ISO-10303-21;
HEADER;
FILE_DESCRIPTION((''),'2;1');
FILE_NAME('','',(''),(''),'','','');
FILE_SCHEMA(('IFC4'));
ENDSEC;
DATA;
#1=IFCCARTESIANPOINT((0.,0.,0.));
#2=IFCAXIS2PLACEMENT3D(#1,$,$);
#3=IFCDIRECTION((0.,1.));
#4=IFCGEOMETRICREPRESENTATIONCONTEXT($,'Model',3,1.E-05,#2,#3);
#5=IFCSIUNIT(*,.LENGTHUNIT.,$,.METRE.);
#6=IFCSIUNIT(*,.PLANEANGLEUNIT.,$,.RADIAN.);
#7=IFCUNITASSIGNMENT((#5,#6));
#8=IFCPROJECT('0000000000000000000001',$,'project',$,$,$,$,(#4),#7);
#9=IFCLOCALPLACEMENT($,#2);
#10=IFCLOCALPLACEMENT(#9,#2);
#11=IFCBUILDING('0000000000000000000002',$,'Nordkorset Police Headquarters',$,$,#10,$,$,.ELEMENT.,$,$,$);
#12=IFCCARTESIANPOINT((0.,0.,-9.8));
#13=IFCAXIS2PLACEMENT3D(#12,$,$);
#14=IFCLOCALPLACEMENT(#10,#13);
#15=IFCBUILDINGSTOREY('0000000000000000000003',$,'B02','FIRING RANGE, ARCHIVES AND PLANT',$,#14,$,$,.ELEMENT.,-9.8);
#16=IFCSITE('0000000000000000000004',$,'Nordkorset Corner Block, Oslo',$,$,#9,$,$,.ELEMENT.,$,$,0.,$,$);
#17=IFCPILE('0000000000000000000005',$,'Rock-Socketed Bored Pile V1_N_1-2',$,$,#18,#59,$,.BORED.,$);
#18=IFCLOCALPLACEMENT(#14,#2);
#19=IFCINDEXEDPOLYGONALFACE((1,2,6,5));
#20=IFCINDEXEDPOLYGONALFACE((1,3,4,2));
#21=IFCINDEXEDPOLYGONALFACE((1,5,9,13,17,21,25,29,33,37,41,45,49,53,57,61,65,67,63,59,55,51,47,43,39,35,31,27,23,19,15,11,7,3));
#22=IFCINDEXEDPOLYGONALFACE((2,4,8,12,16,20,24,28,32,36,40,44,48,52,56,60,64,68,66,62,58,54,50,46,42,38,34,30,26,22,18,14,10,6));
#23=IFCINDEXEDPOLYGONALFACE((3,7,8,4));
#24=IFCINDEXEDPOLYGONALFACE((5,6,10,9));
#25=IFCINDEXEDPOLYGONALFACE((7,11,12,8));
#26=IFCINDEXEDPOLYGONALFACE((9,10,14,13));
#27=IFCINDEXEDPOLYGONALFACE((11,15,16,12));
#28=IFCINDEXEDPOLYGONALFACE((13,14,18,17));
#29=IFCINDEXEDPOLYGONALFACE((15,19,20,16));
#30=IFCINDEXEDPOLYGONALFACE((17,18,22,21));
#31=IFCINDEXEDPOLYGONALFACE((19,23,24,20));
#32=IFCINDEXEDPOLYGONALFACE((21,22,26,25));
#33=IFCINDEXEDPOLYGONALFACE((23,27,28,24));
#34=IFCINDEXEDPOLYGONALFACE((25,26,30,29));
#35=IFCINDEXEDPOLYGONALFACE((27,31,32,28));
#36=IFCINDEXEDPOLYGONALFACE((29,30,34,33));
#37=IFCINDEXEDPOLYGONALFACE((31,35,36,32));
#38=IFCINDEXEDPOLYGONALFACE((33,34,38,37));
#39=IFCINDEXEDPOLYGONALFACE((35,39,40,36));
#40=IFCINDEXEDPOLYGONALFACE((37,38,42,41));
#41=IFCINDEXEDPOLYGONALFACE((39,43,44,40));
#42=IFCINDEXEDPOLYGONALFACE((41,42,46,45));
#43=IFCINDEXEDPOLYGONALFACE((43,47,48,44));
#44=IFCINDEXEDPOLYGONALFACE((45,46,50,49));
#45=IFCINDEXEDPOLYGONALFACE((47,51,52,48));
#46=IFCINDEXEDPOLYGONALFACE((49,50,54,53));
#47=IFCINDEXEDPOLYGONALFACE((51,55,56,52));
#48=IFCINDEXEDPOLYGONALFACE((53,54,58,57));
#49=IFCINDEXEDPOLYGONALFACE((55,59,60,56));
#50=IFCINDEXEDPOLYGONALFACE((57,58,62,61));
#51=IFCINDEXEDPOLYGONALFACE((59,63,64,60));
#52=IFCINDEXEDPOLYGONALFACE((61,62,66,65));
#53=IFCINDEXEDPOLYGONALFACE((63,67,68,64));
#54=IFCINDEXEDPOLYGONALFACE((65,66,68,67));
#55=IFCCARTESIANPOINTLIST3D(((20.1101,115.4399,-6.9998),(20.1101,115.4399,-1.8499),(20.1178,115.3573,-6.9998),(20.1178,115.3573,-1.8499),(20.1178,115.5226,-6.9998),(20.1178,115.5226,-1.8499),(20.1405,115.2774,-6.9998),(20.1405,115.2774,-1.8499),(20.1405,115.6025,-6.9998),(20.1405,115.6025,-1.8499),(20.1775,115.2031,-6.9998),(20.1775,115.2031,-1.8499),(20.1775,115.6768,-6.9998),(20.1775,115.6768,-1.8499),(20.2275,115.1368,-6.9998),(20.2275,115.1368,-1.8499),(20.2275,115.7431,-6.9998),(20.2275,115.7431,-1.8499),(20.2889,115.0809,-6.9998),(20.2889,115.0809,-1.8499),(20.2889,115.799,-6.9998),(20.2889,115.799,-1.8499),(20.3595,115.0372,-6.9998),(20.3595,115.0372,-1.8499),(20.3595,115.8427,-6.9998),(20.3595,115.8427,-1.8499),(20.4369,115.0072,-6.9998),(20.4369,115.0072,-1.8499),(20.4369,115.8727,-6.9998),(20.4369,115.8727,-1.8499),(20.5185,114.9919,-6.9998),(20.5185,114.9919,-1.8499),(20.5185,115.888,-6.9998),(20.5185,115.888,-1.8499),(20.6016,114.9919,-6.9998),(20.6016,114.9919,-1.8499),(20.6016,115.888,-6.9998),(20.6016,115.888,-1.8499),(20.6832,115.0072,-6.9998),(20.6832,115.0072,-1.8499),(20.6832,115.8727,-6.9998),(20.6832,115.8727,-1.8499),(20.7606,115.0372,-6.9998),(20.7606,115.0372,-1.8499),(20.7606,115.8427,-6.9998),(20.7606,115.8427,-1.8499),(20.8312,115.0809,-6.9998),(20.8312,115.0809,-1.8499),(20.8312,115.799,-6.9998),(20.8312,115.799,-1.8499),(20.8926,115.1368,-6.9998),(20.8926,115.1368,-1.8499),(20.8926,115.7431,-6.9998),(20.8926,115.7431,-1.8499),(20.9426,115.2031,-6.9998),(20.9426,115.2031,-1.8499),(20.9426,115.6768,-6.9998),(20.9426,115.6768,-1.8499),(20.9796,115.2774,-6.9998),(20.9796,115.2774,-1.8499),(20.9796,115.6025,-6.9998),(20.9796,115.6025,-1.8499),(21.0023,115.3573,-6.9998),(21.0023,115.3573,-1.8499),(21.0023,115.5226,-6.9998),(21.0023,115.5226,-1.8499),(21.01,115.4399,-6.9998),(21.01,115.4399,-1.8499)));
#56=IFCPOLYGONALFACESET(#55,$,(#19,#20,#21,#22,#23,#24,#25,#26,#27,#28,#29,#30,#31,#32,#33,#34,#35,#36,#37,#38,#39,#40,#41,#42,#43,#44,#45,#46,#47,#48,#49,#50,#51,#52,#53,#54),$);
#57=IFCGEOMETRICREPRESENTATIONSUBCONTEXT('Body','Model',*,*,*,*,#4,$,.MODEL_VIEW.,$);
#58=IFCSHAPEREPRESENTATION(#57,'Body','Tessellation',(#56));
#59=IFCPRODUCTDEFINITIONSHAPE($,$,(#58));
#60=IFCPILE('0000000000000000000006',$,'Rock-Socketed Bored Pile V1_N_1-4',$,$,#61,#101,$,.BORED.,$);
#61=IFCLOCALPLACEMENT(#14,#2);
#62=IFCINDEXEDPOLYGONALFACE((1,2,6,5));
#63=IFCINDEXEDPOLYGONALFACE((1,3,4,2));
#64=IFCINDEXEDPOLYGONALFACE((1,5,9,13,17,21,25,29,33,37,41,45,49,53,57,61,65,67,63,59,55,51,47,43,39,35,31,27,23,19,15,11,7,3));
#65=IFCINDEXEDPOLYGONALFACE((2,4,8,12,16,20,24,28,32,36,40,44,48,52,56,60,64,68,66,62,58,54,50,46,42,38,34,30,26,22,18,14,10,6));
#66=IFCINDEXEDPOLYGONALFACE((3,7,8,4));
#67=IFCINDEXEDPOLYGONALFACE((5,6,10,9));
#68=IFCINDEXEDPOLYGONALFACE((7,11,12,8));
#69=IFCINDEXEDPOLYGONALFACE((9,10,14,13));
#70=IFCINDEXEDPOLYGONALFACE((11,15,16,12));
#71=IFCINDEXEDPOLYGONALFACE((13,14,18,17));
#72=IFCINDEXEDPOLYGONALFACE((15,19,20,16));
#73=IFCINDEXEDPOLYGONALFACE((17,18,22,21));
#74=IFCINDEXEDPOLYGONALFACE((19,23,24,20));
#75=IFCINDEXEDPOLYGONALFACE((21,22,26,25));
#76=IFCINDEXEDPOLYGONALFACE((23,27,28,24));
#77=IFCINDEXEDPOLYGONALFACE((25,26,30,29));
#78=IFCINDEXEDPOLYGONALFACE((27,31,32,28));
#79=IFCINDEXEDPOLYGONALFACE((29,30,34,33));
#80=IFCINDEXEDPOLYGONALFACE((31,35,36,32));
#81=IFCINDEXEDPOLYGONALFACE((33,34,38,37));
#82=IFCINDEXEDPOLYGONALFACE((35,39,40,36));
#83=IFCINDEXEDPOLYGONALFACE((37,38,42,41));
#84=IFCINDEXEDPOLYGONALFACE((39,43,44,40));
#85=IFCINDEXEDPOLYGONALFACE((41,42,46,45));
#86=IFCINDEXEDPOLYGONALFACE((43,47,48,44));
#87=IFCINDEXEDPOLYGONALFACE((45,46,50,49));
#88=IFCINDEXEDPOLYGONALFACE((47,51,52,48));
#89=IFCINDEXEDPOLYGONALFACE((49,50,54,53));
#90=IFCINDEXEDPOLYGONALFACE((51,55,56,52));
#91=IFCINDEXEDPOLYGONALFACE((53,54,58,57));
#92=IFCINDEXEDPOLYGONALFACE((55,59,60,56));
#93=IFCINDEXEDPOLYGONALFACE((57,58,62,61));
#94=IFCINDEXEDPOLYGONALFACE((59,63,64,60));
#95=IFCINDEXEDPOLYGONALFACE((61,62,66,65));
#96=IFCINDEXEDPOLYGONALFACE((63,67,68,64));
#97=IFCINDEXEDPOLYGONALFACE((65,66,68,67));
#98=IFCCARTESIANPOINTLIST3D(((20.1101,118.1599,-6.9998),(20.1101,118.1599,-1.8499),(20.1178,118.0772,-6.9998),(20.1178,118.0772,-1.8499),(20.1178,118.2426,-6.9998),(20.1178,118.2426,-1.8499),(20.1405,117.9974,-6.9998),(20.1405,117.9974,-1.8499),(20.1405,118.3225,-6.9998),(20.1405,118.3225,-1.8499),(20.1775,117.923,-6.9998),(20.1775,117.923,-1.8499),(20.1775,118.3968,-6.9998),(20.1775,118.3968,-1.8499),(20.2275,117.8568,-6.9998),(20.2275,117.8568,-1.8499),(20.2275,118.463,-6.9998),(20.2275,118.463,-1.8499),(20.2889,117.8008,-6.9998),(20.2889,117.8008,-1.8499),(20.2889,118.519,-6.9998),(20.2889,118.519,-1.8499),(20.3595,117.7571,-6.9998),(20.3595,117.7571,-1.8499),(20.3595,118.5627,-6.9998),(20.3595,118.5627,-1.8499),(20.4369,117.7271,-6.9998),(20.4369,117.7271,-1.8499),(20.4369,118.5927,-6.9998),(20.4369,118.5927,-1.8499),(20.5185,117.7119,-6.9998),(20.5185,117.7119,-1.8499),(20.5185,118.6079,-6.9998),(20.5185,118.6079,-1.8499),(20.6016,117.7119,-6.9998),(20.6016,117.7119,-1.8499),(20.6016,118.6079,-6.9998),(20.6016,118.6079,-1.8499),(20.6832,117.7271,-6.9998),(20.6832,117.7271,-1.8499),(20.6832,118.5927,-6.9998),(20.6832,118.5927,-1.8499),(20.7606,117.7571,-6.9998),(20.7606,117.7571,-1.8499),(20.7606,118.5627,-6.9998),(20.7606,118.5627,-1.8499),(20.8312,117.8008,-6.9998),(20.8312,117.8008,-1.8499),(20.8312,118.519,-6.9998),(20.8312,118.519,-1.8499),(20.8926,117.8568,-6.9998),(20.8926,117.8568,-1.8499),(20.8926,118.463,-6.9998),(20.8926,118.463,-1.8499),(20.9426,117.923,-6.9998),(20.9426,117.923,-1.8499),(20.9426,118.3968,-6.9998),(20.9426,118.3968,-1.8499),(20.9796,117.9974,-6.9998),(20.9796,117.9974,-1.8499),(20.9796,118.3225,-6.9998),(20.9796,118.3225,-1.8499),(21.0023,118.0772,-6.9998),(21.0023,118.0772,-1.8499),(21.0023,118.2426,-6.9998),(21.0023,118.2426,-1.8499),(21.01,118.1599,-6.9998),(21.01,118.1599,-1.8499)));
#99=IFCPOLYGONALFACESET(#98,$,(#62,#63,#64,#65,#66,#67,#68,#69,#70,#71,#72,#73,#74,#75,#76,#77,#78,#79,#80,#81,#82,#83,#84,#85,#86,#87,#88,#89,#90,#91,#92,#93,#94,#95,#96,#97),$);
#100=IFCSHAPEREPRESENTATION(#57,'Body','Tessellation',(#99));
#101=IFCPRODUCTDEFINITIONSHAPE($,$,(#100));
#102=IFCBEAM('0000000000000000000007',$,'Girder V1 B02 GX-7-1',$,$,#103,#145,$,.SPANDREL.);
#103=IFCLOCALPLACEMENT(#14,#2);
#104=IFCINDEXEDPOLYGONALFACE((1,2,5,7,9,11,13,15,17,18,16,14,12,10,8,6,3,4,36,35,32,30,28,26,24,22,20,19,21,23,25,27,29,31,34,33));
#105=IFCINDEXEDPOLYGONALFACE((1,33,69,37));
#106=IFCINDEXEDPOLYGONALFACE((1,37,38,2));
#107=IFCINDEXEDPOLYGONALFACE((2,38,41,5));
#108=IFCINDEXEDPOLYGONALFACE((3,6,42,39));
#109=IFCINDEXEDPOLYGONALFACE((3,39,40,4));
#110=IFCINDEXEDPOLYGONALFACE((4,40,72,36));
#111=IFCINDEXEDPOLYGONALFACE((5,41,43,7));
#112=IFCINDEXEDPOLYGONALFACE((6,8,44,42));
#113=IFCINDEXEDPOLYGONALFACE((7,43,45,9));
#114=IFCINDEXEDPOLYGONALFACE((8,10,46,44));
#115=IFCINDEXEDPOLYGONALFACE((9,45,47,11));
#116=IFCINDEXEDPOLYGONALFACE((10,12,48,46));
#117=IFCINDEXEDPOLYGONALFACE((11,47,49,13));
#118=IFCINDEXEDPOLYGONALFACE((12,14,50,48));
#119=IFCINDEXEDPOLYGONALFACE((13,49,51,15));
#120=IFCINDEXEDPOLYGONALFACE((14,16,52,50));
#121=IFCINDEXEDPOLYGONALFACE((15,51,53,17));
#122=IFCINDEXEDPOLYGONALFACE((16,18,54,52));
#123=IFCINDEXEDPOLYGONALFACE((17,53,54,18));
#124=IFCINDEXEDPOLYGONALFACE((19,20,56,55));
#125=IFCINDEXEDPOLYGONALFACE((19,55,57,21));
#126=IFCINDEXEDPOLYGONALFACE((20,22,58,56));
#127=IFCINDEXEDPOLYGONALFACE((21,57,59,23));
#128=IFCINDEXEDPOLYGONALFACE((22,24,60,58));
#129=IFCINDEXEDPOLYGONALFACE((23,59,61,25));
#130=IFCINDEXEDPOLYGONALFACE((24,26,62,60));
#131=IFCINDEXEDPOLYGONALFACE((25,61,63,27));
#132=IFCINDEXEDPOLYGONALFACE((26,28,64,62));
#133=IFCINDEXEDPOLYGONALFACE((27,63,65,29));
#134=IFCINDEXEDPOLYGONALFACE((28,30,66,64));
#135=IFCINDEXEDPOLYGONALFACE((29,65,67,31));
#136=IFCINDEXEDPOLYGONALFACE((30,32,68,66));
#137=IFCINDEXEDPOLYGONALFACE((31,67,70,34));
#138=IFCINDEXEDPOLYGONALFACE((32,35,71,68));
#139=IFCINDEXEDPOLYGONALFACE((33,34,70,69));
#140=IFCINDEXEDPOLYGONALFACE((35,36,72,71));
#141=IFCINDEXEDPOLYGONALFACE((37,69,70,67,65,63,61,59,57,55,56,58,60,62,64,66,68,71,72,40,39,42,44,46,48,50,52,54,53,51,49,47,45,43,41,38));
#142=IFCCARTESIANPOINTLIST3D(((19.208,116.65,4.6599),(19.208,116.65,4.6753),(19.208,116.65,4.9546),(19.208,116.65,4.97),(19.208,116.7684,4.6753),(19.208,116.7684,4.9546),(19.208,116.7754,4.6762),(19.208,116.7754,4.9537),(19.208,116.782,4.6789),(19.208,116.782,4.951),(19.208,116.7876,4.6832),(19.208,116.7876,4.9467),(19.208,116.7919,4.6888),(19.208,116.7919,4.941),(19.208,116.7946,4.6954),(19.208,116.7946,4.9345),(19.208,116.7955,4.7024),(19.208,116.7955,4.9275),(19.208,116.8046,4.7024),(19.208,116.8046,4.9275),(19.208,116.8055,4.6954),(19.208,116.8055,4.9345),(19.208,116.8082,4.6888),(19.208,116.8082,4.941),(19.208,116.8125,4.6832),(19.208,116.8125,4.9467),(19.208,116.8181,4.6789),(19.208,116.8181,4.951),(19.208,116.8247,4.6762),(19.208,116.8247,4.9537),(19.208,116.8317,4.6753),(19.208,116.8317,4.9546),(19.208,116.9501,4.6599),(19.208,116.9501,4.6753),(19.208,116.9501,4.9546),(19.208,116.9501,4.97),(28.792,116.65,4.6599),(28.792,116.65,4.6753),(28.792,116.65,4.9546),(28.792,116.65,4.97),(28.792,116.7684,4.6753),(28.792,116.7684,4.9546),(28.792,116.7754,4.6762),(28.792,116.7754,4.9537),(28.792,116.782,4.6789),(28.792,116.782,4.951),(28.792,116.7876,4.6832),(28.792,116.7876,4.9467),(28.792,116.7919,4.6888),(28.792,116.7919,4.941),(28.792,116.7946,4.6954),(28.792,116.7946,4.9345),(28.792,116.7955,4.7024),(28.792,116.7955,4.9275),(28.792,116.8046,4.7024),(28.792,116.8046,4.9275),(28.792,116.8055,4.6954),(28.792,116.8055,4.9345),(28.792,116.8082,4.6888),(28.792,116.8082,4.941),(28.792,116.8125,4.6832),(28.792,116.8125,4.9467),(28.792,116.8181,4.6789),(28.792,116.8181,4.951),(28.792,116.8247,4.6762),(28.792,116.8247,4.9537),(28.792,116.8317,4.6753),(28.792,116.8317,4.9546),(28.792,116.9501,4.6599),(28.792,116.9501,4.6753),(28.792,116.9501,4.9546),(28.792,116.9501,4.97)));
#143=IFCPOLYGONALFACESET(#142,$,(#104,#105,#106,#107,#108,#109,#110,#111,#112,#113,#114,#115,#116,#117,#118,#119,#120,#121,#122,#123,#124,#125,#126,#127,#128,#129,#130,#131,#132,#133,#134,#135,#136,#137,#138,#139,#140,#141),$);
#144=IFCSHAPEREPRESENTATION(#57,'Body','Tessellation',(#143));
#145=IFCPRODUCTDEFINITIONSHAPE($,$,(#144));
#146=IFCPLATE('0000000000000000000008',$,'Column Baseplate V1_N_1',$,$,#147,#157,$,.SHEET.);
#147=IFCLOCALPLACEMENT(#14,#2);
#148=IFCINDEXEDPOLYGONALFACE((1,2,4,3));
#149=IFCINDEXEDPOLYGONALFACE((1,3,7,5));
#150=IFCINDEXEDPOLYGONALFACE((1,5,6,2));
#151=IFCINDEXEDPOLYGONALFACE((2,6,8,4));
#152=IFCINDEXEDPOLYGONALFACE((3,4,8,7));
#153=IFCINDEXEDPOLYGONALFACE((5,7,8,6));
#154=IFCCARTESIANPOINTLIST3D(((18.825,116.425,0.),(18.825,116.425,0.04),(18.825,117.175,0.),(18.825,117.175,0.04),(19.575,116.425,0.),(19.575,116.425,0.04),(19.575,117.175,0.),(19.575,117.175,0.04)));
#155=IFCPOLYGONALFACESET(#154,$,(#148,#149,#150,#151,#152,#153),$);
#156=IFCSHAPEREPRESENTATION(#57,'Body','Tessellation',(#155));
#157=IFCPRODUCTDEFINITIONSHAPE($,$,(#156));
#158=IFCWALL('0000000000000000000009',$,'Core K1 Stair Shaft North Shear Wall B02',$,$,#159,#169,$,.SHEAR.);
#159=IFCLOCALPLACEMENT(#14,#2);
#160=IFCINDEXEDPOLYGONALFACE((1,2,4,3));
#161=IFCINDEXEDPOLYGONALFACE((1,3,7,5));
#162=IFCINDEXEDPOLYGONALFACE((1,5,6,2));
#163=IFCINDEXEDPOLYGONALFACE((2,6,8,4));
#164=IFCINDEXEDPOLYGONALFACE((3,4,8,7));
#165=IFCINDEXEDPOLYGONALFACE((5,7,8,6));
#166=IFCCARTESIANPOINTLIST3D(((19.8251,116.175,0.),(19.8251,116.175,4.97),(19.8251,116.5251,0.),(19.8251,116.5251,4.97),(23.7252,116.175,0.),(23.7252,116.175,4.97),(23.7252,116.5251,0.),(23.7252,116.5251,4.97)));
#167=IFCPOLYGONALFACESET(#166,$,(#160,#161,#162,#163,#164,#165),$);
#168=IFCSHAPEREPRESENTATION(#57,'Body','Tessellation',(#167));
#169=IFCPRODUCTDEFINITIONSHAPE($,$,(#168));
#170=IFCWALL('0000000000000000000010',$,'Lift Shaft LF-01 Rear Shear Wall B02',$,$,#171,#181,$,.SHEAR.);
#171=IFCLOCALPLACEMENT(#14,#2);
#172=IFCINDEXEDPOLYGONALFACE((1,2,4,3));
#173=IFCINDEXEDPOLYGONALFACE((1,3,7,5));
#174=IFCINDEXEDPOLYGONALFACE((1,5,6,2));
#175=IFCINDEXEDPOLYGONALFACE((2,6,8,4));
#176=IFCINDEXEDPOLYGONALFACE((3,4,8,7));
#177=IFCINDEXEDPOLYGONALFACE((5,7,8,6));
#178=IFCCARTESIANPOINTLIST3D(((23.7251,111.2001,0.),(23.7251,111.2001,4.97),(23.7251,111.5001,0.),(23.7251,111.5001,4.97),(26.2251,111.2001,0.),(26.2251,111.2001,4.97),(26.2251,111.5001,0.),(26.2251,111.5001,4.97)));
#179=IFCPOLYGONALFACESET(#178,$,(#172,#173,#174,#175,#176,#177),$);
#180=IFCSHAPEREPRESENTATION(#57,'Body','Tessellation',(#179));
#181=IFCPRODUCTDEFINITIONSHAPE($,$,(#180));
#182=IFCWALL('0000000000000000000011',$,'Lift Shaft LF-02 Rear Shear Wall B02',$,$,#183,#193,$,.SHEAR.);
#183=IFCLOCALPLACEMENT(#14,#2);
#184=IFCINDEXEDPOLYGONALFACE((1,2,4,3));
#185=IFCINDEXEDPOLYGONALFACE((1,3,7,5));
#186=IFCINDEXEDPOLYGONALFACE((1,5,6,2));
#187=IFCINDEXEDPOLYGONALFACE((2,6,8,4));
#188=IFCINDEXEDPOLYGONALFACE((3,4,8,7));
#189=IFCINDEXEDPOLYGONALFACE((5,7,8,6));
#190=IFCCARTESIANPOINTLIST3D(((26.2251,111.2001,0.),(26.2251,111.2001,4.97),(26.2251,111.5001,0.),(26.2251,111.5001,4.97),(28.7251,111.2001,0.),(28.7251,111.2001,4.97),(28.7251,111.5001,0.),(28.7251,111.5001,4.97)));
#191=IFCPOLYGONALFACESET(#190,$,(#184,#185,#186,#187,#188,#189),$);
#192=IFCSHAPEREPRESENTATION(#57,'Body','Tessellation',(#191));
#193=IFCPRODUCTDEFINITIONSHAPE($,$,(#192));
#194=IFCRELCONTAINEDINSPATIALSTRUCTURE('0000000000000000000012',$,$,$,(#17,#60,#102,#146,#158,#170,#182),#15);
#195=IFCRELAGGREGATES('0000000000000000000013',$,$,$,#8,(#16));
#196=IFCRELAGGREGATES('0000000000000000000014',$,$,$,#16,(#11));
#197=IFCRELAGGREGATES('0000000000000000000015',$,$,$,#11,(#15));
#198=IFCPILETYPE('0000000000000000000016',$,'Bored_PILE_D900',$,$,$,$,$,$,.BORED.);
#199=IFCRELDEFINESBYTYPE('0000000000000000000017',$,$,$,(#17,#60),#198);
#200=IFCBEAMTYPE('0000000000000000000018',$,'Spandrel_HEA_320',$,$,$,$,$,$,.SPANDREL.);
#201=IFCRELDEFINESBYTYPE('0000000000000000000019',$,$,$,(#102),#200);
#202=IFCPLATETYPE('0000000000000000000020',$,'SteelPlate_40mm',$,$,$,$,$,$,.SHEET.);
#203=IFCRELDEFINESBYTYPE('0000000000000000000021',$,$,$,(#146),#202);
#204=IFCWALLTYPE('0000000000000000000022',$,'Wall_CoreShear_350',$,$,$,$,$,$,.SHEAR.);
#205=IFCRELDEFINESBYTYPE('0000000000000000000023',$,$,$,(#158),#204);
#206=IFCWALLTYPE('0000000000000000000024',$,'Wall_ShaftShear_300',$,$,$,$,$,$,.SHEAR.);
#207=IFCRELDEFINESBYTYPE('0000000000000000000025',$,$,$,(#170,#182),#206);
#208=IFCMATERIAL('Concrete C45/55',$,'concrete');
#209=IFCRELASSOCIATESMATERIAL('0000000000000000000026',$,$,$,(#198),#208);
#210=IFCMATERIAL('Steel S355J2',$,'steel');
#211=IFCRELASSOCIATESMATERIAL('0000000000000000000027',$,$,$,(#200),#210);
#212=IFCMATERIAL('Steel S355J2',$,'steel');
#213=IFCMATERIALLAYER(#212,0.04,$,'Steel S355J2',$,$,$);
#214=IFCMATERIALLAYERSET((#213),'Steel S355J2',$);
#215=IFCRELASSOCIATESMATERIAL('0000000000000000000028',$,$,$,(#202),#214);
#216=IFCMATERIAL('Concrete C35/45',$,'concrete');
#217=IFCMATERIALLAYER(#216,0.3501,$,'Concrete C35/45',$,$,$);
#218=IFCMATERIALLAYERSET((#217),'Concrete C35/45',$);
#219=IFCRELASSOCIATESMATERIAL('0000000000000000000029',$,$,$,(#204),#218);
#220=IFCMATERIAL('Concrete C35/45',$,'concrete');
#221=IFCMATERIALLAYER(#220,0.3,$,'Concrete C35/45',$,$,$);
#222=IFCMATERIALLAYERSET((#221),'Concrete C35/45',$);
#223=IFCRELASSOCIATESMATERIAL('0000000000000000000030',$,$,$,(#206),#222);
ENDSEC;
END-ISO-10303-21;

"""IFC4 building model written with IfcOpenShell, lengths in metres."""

from ifc_helpers import new_model, si_unit, direction, frame, frame_2d, origin, origin_2d, place, context, subcontext, project, spatial, rectangle, circle, i_section, extrude, material, layer, layer_set, material_profile, profile_set, type_object, element, save


model = new_model("IFC4")

# Units and contexts
model_context = context("Model", 3, precision=1e-05, world=origin(), true_north=direction((0.0, 1.0)))
body_context = subcontext(model_context, "Body", "Model", "MODEL_VIEW")
ifc_project = project(units=[si_unit("LENGTHUNIT", "METRE"), si_unit("PLANEANGLEUNIT", "RADIAN")], contexts=[model_context])

# Site, building, storey
site_placement = place(None, origin())
site = spatial("IfcSite", under=ifc_project, at=site_placement, Name="Nordkorset Corner Block, Oslo", CompositionType="ELEMENT", RefElevation=0.0)
building_placement = place(site_placement, origin())
building = spatial("IfcBuilding", under=site, at=building_placement, Name="Nordkorset Police Headquarters", CompositionType="ELEMENT")
storey_placement = place(building_placement, frame((0.0, 0.0, -9.8)))
storey = spatial("IfcBuildingStorey", under=building, at=storey_placement, Name="B02", Description="FIRING RANGE, ARCHIVES AND PLANT", CompositionType="ELEMENT", Elevation=-9.8)

# Piles
ifc_material_1 = material(Name="Concrete C45/55", Category="concrete")
ifc_material_profile_1 = material_profile(ifc_material_1, circle(Radius=0.45, at=origin_2d()), Name="PILE D900")
ifc_profile_set_1 = profile_set([ifc_material_profile_1], Name="Concrete C45/55")
pile_type = type_object("IfcPileType", Name="Bored_PILE_D900", PredefinedType="BORED", material=ifc_profile_set_1)
for number, where, z_axis, x_axis, name in (
    (1, (20.5601, 115.4399, -1.8499), (0.0, 0.0, -1.0), (1.0, 0.0, 0.0), "Rock-Socketed Bored Pile V1_N_1-2"),
    (2, (20.5601, 118.1599, -1.8499), (0.0, 0.0, -1.0), (1.0, 0.0, 0.0), "Rock-Socketed Bored Pile V1_N_1-4"),
):
    element("IfcPile", number, at=place(storey_placement, frame(where, z_axis=z_axis, x_axis=x_axis)), inside=storey, type_object=pile_type, Name=name, PredefinedType="BORED", context=body_context, shape_type="SweptSolid", body=[
        extrude(circle(Radius=0.45, at=origin_2d()), origin(), (0.0, 0.0, 1.0), 5.1499),
    ])

# Beam
ifc_material_2 = material(Name="Steel S355J2", Category="steel")
ifc_material_profile_2 = material_profile(ifc_material_2, i_section(OverallWidth=0.3, OverallDepth=0.3101, WebThickness=0.009, FlangeThickness=0.0154, FilletRadius=0.0271, at=origin_2d()), Name="HEA 320")
ifc_profile_set_2 = profile_set([ifc_material_profile_2], Name="Steel S355J2")
beam_type = type_object("IfcBeamType", Name="Spandrel_HEA_320", PredefinedType="SPANDREL", material=ifc_profile_set_2)
beam_placement = place(storey_placement, frame((19.208, 116.8, 4.8149), z_axis=(1.0, 0.0, 0.0), x_axis=(0.0, 1.0, 0.0)))
element("IfcBeam", 3, at=beam_placement, inside=storey, type_object=beam_type, Name="Girder V1 B02 GX-7-1", PredefinedType="SPANDREL", context=body_context, shape_type="SweptSolid", body=[
    extrude(i_section(OverallWidth=0.3, OverallDepth=0.3101, WebThickness=0.009, FlangeThickness=0.0154, FilletRadius=0.0271, at=origin_2d()), origin(), (0.0, 0.0, 1.0), 9.584),
])

# Plate
ifc_material_3 = material(Name="Steel S355J2", Category="steel")
ifc_layer_1 = layer(ifc_material_3, 0.04, Name="Steel S355J2")
ifc_layer_set_1 = layer_set([ifc_layer_1], Name="Steel S355J2")
plate_type = type_object("IfcPlateType", Name="SteelPlate_40mm", PredefinedType="SHEET", material=ifc_layer_set_1)
plate_placement = place(storey_placement, frame((19.2, 116.8, 0.0), z_axis=(0.0, 0.0, 1.0), x_axis=(1.0, 0.0, 0.0)))
element("IfcPlate", 4, at=plate_placement, inside=storey, type_object=plate_type, Name="Column Baseplate V1_N_1", PredefinedType="SHEET", context=body_context, shape_type="SweptSolid", body=[
    extrude(rectangle(XDim=0.75, YDim=0.75, at=origin_2d()), origin(), (0.0, 0.0, 1.0), 0.04),
])

# Walls
ifc_material_4 = material(Name="Concrete C35/45", Category="concrete")
ifc_layer_2 = layer(ifc_material_4, 0.3501, Name="Concrete C35/45")
ifc_layer_set_2 = layer_set([ifc_layer_2], Name="Concrete C35/45")
wall_type_1 = type_object("IfcWallType", Name="Wall_CoreShear_350", PredefinedType="SHEAR", material=ifc_layer_set_2)
wall_placement = place(storey_placement, frame((19.825, 116.3501, 0.0), z_axis=(0.0, 0.0, 1.0), x_axis=(1.0, 0.0, 0.0)))
element("IfcWall", 5, at=wall_placement, inside=storey, type_object=wall_type_1, Name="Core K1 Stair Shaft North Shear Wall B02", PredefinedType="SHEAR", context=body_context, shape_type="SweptSolid", body=[
    extrude(rectangle(XDim=3.9001, YDim=0.3501, at=frame_2d((1.9502, 0.0))), origin(), (0.0, 0.0, 1.0), 4.97),
])
ifc_material_5 = material(Name="Concrete C35/45", Category="concrete")
ifc_layer_3 = layer(ifc_material_5, 0.3, Name="Concrete C35/45")
ifc_layer_set_3 = layer_set([ifc_layer_3], Name="Concrete C35/45")
wall_type_2 = type_object("IfcWallType", Name="Wall_ShaftShear_300", PredefinedType="SHEAR", material=ifc_layer_set_3)
for number, where, z_axis, x_axis, name in (
    (6, (23.7251, 111.3501, 0.0), (0.0, 0.0, 1.0), (1.0, 0.0, 0.0), "Lift Shaft LF-01 Rear Shear Wall B02"),
    (7, (26.2251, 111.3501, 0.0), (0.0, 0.0, 1.0), (1.0, 0.0, 0.0), "Lift Shaft LF-02 Rear Shear Wall B02"),
):
    element("IfcWall", number, at=place(storey_placement, frame(where, z_axis=z_axis, x_axis=x_axis)), inside=storey, type_object=wall_type_2, Name=name, PredefinedType="SHEAR", context=body_context, shape_type="SweptSolid", body=[
        extrude(rectangle(XDim=2.5, YDim=0.3, at=frame_2d((1.25, 0.0))), origin(), (0.0, 0.0, 1.0), 4.97),
    ])

save(model, "model.ifc")
